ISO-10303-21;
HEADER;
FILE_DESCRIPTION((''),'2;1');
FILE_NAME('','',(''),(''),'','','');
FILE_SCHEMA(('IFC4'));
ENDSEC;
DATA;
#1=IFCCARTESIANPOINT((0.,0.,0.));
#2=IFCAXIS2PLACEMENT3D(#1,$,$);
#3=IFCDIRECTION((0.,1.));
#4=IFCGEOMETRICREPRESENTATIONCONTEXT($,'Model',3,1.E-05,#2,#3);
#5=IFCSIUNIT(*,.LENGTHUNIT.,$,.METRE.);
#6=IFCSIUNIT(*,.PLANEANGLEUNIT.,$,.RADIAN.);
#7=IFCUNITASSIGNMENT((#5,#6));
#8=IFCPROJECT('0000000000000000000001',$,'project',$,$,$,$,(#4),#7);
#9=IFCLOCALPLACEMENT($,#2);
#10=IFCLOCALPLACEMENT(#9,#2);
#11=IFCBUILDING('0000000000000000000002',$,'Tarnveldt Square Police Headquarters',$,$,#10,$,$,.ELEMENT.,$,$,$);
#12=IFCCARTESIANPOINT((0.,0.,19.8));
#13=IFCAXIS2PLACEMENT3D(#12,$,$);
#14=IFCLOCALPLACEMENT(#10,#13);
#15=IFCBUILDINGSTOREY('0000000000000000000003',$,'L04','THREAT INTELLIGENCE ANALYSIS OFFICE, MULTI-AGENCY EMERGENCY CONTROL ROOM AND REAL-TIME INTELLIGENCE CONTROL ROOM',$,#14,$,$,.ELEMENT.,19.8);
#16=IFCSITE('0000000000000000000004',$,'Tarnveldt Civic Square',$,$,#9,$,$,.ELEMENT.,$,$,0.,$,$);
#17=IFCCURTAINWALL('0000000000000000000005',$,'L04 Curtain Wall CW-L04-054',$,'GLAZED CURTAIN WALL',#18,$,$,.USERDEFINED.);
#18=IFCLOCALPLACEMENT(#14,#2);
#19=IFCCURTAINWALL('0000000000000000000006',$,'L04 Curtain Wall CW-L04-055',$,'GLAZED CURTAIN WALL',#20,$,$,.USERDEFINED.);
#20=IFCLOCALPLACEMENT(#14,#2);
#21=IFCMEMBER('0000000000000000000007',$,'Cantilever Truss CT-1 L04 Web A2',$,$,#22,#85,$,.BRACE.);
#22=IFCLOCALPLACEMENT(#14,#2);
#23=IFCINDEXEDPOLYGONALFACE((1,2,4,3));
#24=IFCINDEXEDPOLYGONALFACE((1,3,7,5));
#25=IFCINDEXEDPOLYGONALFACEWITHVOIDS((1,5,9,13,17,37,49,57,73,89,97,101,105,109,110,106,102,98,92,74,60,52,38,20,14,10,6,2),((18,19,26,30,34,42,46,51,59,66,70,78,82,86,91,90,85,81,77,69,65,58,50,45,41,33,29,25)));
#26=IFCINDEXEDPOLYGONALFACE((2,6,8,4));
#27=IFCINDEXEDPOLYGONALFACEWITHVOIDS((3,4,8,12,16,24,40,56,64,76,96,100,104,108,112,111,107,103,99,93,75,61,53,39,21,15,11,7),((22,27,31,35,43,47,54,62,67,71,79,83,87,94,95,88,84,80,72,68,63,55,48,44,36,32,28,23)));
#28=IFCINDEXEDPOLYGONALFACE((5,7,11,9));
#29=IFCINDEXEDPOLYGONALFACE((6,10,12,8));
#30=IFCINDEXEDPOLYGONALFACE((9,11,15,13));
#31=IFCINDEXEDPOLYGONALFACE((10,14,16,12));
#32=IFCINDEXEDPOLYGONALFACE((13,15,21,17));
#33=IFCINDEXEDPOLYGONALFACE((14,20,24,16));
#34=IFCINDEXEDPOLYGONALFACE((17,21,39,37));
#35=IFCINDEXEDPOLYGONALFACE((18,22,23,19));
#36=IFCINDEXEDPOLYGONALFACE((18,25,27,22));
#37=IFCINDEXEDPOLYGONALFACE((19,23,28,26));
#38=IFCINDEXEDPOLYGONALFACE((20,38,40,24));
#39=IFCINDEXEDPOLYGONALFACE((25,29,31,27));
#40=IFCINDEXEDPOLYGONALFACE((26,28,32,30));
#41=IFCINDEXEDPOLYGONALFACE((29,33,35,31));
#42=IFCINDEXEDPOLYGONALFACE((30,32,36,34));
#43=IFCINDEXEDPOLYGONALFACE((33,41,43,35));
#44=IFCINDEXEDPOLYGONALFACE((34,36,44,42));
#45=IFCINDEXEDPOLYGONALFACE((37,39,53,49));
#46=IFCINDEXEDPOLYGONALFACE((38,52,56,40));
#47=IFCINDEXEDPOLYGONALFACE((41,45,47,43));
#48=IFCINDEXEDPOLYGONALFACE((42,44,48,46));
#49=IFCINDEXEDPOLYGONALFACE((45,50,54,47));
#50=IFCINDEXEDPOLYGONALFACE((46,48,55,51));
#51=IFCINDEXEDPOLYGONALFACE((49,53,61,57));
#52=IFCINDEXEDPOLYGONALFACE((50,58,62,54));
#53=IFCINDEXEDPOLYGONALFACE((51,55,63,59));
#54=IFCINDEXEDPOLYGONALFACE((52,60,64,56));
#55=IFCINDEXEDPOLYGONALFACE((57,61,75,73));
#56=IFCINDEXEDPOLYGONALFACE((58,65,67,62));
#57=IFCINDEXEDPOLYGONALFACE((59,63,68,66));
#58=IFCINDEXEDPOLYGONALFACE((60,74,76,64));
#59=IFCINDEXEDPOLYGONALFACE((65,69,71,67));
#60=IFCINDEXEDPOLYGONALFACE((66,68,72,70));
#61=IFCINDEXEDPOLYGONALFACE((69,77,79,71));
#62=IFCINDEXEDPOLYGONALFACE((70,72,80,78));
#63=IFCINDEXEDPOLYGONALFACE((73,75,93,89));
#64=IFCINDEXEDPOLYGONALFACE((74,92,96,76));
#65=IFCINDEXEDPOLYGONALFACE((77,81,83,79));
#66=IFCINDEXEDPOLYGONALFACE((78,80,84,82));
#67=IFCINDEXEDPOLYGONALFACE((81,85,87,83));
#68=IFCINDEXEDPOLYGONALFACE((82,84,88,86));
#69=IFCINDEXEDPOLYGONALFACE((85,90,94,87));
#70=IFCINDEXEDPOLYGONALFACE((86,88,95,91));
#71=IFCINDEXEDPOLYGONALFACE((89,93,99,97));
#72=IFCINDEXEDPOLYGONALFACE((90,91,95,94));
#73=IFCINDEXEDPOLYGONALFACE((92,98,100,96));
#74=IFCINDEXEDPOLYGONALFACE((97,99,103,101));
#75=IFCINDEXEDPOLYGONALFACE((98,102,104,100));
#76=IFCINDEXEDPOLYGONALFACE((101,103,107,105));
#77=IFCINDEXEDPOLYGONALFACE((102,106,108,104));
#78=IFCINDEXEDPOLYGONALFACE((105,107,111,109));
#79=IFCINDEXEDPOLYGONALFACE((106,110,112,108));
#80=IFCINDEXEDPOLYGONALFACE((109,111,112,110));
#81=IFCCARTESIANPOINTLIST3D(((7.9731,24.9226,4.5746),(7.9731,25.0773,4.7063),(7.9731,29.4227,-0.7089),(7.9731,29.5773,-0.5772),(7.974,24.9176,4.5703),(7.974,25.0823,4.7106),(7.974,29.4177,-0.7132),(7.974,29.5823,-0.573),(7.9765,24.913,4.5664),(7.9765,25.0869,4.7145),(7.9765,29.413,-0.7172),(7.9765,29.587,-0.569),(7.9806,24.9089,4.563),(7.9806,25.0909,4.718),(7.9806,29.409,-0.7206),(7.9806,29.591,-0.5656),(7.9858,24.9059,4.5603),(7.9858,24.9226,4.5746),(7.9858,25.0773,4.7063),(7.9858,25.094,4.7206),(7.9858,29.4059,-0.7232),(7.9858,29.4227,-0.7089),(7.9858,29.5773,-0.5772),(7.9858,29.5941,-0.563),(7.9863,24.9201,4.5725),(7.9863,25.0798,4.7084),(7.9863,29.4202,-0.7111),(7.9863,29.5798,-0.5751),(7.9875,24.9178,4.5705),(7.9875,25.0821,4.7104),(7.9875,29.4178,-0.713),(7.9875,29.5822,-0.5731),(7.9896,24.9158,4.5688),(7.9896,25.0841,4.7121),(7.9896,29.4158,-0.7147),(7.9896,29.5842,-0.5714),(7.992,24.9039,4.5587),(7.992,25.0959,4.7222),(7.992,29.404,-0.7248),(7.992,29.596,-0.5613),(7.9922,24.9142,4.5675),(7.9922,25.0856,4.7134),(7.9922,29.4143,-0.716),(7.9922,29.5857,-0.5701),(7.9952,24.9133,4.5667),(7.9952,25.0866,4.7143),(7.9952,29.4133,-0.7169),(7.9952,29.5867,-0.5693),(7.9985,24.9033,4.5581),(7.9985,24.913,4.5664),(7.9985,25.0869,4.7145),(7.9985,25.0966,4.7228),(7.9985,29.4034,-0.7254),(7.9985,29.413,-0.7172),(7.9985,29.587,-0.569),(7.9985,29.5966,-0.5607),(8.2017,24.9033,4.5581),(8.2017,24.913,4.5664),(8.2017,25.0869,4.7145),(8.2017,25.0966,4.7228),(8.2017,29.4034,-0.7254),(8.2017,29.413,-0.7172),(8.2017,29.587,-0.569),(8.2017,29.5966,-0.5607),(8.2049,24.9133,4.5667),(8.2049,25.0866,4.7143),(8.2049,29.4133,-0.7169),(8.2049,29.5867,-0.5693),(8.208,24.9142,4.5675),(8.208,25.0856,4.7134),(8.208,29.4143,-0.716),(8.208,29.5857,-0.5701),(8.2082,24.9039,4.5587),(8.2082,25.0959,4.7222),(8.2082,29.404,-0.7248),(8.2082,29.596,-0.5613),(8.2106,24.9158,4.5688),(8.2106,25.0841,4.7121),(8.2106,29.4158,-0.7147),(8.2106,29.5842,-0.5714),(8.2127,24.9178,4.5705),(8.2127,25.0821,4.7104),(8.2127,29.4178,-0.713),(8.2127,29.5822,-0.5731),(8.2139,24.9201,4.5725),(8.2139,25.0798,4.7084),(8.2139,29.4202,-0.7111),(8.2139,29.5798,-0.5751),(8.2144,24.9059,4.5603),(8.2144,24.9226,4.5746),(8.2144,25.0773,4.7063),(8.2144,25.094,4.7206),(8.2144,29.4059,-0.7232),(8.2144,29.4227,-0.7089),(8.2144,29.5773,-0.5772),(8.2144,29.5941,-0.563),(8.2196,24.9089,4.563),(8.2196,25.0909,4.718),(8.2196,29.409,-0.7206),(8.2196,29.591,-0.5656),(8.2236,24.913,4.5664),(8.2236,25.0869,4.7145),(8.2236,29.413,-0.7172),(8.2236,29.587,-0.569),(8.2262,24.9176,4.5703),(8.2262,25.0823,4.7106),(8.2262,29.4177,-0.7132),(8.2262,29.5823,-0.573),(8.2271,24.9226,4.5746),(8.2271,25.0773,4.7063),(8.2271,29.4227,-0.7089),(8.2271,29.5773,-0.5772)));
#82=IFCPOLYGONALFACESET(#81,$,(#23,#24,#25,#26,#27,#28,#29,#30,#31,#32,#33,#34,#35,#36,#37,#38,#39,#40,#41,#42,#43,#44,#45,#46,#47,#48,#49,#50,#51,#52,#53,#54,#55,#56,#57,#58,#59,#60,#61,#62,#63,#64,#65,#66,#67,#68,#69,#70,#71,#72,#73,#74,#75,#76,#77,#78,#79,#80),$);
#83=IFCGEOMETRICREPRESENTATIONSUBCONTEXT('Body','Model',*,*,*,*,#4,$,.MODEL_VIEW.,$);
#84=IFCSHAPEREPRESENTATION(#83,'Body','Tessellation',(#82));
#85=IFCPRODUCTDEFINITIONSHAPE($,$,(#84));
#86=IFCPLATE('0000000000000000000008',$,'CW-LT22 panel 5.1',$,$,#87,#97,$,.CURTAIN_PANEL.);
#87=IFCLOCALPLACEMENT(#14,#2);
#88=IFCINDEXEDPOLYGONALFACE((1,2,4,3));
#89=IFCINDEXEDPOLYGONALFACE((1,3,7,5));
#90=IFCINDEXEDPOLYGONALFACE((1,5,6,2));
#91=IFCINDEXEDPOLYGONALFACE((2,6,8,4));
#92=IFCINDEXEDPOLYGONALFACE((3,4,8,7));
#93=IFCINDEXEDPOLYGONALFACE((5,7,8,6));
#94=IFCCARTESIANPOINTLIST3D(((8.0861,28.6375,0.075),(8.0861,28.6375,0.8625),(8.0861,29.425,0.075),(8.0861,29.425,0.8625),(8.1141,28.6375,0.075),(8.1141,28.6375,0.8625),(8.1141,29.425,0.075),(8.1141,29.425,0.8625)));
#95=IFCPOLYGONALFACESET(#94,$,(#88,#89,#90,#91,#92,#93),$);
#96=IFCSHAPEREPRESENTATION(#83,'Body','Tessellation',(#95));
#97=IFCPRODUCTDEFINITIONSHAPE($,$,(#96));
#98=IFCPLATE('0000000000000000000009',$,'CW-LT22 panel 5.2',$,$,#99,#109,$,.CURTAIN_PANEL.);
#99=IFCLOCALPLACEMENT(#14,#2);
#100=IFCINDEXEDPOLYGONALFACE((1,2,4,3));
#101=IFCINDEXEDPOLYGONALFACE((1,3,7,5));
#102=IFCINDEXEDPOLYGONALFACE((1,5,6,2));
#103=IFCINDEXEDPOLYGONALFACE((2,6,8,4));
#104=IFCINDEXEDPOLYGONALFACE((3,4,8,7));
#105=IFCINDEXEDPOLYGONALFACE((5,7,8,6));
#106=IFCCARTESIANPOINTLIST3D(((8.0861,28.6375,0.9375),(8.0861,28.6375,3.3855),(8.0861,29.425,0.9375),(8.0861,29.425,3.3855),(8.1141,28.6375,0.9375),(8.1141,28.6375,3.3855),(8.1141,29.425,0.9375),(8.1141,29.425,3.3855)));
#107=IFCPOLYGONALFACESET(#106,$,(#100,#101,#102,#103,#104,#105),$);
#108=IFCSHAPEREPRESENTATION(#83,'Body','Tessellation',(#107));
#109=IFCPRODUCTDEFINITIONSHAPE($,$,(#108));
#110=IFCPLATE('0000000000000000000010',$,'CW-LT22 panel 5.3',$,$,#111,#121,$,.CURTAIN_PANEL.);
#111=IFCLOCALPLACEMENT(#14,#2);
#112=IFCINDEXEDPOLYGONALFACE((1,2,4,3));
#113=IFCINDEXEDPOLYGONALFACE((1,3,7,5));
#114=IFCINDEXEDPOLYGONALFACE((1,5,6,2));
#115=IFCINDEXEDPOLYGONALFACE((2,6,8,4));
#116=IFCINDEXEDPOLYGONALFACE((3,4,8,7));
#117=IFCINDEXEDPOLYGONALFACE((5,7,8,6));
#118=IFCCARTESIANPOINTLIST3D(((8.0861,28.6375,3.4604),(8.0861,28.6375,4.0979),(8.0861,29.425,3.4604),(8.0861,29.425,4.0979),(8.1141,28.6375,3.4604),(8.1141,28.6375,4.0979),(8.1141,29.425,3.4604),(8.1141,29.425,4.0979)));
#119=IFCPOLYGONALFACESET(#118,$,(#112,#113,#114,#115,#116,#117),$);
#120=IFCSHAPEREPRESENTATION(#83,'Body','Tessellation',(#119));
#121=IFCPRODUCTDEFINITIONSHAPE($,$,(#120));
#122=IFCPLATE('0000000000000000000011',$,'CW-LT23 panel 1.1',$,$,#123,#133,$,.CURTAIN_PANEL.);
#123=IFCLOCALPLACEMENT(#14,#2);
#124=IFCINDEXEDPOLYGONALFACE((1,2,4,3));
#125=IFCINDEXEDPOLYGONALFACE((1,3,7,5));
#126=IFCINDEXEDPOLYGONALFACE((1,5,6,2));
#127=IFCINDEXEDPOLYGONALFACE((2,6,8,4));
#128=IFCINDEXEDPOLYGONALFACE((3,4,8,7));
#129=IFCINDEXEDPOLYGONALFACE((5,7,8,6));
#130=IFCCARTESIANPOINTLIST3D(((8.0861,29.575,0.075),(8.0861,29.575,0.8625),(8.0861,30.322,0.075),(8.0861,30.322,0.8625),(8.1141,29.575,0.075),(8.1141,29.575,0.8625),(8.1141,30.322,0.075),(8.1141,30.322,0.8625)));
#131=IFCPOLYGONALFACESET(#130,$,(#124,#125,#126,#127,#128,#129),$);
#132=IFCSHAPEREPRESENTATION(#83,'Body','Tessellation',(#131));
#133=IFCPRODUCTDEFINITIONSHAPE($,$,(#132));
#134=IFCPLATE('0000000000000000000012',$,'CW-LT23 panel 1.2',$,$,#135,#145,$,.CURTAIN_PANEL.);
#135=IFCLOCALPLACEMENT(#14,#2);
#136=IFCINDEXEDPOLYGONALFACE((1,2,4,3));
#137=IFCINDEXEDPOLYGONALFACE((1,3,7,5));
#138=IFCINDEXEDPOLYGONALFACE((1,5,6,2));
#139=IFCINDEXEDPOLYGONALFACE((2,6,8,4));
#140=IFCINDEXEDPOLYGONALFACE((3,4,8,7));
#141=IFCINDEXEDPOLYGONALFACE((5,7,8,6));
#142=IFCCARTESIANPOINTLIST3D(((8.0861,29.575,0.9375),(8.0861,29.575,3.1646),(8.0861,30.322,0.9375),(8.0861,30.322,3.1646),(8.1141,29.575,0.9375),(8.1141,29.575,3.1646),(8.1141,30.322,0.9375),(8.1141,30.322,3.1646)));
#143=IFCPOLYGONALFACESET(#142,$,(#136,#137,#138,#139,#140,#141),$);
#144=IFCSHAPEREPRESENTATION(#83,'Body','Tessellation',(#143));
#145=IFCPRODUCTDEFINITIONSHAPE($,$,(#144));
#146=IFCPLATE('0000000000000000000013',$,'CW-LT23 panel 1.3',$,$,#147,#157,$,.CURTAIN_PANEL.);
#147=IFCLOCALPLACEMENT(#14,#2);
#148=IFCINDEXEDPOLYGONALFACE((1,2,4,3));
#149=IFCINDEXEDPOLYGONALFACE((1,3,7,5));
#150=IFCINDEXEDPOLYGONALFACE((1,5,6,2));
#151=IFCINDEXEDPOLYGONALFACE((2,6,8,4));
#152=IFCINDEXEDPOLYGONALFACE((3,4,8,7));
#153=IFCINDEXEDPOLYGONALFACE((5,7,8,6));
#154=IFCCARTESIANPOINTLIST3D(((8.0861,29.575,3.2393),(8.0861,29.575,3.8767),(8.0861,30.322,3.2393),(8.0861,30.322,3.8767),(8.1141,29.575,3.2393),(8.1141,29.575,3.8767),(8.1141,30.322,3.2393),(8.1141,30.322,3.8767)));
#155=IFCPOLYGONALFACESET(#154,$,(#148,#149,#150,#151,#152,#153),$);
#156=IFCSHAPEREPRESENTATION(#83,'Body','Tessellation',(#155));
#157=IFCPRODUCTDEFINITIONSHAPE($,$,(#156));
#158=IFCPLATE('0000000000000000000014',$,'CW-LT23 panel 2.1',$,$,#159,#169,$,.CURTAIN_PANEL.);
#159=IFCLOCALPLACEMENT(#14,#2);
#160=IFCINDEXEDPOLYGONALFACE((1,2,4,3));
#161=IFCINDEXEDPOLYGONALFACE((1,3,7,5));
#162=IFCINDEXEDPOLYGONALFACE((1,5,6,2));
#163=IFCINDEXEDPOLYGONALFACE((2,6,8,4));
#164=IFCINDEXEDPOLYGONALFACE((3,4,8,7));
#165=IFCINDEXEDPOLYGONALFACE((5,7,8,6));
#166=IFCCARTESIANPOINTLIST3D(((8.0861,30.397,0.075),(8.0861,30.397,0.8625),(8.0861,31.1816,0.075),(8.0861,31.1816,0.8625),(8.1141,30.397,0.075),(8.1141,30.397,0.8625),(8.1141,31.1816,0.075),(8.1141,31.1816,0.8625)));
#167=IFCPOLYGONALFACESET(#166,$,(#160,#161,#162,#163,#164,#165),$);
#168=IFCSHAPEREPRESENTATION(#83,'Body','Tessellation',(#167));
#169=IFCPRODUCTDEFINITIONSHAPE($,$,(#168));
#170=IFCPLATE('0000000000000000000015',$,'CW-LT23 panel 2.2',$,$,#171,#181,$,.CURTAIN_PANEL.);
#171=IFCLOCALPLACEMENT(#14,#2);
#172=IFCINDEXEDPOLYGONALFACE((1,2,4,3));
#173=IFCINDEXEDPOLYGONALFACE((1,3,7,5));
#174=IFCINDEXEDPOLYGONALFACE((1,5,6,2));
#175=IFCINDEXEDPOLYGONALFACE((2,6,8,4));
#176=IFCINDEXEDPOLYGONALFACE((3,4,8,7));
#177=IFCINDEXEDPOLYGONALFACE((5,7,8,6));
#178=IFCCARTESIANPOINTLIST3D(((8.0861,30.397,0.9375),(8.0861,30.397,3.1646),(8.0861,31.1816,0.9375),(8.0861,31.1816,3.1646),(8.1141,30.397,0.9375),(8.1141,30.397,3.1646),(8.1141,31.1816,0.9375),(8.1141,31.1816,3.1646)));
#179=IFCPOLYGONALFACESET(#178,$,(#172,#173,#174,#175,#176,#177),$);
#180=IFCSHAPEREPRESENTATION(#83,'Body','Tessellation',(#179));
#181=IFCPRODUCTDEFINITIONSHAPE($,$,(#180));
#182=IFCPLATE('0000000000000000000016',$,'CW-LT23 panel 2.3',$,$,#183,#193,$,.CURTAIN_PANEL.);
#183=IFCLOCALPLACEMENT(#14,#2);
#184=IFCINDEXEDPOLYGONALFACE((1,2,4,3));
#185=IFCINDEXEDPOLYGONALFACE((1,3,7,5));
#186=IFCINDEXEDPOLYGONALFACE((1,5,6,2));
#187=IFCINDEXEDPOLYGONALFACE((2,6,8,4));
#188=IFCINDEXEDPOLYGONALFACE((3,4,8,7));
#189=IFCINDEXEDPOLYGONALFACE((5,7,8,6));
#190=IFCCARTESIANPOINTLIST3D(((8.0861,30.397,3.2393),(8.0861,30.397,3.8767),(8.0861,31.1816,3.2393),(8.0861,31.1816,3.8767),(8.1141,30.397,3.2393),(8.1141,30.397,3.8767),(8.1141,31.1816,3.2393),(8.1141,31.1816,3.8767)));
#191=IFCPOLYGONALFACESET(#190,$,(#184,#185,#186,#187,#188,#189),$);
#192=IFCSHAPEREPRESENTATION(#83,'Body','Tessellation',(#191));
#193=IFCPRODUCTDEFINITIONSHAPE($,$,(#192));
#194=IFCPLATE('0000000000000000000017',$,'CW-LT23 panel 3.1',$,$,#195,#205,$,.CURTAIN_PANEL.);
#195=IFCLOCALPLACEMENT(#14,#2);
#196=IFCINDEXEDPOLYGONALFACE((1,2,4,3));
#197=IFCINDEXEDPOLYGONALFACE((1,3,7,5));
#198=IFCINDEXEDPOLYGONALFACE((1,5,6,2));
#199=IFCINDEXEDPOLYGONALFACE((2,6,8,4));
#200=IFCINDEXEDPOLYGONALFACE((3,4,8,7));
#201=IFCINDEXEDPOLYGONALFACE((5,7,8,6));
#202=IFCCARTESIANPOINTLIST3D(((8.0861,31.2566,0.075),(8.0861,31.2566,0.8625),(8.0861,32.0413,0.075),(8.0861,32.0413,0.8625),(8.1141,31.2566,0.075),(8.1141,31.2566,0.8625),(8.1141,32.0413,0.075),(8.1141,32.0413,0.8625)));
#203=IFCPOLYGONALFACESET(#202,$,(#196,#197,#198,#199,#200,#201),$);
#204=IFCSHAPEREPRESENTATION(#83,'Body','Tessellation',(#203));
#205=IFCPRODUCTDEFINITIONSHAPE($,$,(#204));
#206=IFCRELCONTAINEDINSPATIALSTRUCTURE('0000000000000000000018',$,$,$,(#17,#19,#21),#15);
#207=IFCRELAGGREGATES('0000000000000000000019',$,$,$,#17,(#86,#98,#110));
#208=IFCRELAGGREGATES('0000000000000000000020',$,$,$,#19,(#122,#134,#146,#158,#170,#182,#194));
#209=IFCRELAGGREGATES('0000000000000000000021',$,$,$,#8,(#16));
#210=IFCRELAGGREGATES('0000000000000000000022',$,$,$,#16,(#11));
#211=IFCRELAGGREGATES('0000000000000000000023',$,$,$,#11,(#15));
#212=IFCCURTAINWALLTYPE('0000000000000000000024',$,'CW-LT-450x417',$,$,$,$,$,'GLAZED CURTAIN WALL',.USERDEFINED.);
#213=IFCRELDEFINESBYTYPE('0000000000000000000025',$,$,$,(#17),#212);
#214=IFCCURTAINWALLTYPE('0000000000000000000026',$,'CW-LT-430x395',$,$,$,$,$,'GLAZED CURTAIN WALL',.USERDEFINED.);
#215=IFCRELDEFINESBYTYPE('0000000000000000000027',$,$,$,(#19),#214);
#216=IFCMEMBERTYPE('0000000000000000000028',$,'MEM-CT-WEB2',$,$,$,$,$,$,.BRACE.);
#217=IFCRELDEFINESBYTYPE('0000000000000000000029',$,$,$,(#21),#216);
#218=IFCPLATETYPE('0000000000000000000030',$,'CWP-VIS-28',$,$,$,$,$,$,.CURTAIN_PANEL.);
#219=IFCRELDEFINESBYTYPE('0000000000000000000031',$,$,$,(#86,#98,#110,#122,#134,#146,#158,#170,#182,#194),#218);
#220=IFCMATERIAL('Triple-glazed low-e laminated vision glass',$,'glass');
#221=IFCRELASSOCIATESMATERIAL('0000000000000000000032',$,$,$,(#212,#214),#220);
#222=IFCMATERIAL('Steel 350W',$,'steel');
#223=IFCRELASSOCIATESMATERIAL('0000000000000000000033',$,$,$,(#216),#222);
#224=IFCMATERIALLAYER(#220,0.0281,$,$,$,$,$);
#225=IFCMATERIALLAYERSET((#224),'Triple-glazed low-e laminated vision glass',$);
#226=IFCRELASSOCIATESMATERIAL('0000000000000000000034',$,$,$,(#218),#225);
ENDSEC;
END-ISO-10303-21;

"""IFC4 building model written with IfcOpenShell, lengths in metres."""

from ifc_helpers import new_model, si_unit, direction, frame, origin, origin_2d, place, context, subcontext, project, spatial, rectangle, hollow_rectangle, extrude, material, layer, layer_set, material_profile, profile_set, type_object, element, aggregate, save


model = new_model("IFC4")

# Units and contexts
model_context = context("Model", 3, precision=1e-05, world=origin(), true_north=direction((0.0, 1.0)))
body_context = subcontext(model_context, "Body", "Model", "MODEL_VIEW")
ifc_project = project(units=[si_unit("LENGTHUNIT", "METRE"), si_unit("PLANEANGLEUNIT", "RADIAN")], contexts=[model_context])

# Site, building, storey
site_placement = place(None, origin())
site = spatial("IfcSite", under=ifc_project, at=site_placement, Name="Tarnveldt Civic Square", CompositionType="ELEMENT", RefElevation=0.0)
building_placement = place(site_placement, origin())
building = spatial("IfcBuilding", under=site, at=building_placement, Name="Tarnveldt Square Police Headquarters", CompositionType="ELEMENT")
storey_placement = place(building_placement, frame((0.0, 0.0, 19.8)))
storey = spatial("IfcBuildingStorey", under=building, at=storey_placement, Name="L04", Description="THREAT INTELLIGENCE ANALYSIS OFFICE, MULTI-AGENCY EMERGENCY CONTROL ROOM AND REAL-TIME INTELLIGENCE CONTROL ROOM", CompositionType="ELEMENT", Elevation=19.8)

# Shared definitions
ifc_material_1 = material(Name="Steel 350W", Category="steel")

# Curtain wall
ifc_material_2 = material(Name="Triple-glazed low-e laminated vision glass", Category="glass")
curtain_wall_type_1 = type_object("IfcCurtainWallType", Name="CW-LT-450x417", ElementType="GLAZED CURTAIN WALL", PredefinedType="USERDEFINED", material=ifc_material_2)
curtain_wall_1_placement = place(storey_placement, origin())
curtain_wall_1 = element("IfcCurtainWall", 1, at=curtain_wall_1_placement, inside=storey, type_object=curtain_wall_type_1, Name="L04 Curtain Wall CW-L04-054", ObjectType="GLAZED CURTAIN WALL", PredefinedType="USERDEFINED")

# Curtain wall
curtain_wall_type_2 = type_object("IfcCurtainWallType", Name="CW-LT-430x395", ElementType="GLAZED CURTAIN WALL", PredefinedType="USERDEFINED", material=ifc_material_2)
curtain_wall_2_placement = place(storey_placement, origin())
curtain_wall_2 = element("IfcCurtainWall", 2, at=curtain_wall_2_placement, inside=storey, type_object=curtain_wall_type_2, Name="L04 Curtain Wall CW-L04-055", ObjectType="GLAZED CURTAIN WALL", PredefinedType="USERDEFINED")

# Member
ifc_material_profile_1 = material_profile(ifc_material_1, hollow_rectangle(XDim=0.2539, YDim=0.2539, WallThickness=0.0127, InnerFilletRadius=0.0127, OuterFilletRadius=0.0254, at=origin_2d()), Name="HSS254x254x13")
ifc_profile_set_1 = profile_set([ifc_material_profile_1], Name="Steel 350W")
member_type_1 = type_object("IfcMemberType", Name="MEM-CT-WEB2", PredefinedType="BRACE", material=ifc_profile_set_1)
member_1_placement = place(storey_placement, frame((8.1001, 29.5, -0.6431), z_axis=(0.0, -0.648407, 0.761294), x_axis=(1.0, 0.0, 0.0)))
element("IfcMember", 3, at=member_1_placement, inside=storey, type_object=member_type_1, Name="Cantilever Truss CT-1 L04 Web A2", PredefinedType="BRACE", context=body_context, shape_type="SweptSolid", body=[
    extrude(hollow_rectangle(XDim=0.2539, YDim=0.2539, WallThickness=0.0127, InnerFilletRadius=0.0127, OuterFilletRadius=0.0254, at=origin_2d()), origin(), (0.0, 0.0, 1.0), 6.9402),
])

# Plates
ifc_layer_1 = layer(ifc_material_2, 0.0281)
ifc_layer_set_1 = layer_set([ifc_layer_1], Name="Triple-glazed low-e laminated vision glass")
plate_type_1 = type_object("IfcPlateType", Name="CWP-VIS-28", PredefinedType="CURTAIN_PANEL", material=ifc_layer_set_1)
plate_1_placement = place(storey_placement, frame((8.1001, 29.0312, 0.075), z_axis=(0.0, 0.0, 1.0), x_axis=(0.0, 1.0, 0.0)))
plate_1 = element("IfcPlate", 4, at=plate_1_placement, type_object=plate_type_1, Name="CW-LT22 panel 5.1", PredefinedType="CURTAIN_PANEL", context=body_context, shape_type="SweptSolid", body=[
    extrude(rectangle(XDim=0.7876, YDim=0.0281, at=origin_2d()), origin(), (0.0, 0.0, 1.0), 0.7876),
])
plate_2_placement = place(storey_placement, frame((8.1001, 29.0312, 0.9375), z_axis=(0.0, 0.0, 1.0), x_axis=(0.0, 1.0, 0.0)))
plate_2 = element("IfcPlate", 5, at=plate_2_placement, type_object=plate_type_1, Name="CW-LT22 panel 5.2", PredefinedType="CURTAIN_PANEL", context=body_context, shape_type="SweptSolid", body=[
    extrude(rectangle(XDim=0.7876, YDim=0.0281, at=origin_2d()), origin(), (0.0, 0.0, 1.0), 2.448),
])
plate_3_placement = place(storey_placement, frame((8.1001, 29.0312, 3.4604), z_axis=(0.0, 0.0, 1.0), x_axis=(0.0, 1.0, 0.0)))
plate_3 = element("IfcPlate", 6, at=plate_3_placement, type_object=plate_type_1, Name="CW-LT22 panel 5.3", PredefinedType="CURTAIN_PANEL", context=body_context, shape_type="SweptSolid", body=[
    extrude(rectangle(XDim=0.7876, YDim=0.0281, at=origin_2d()), origin(), (0.0, 0.0, 1.0), 0.6375),
])
aggregate(curtain_wall_1, [plate_1, plate_2, plate_3])
plate_4_placement = place(storey_placement, frame((8.1001, 29.9485, 0.075), z_axis=(0.0, 0.0, 1.0), x_axis=(0.0, 1.0, 0.0)))
plate_4 = element("IfcPlate", 7, at=plate_4_placement, type_object=plate_type_1, Name="CW-LT23 panel 1.1", PredefinedType="CURTAIN_PANEL", context=body_context, shape_type="SweptSolid", body=[
    extrude(rectangle(XDim=0.7471, YDim=0.0281, at=origin_2d()), origin(), (0.0, 0.0, 1.0), 0.7876),
])
plate_5_placement = place(storey_placement, frame((8.1001, 29.9485, 0.9375), z_axis=(0.0, 0.0, 1.0), x_axis=(0.0, 1.0, 0.0)))
plate_5 = element("IfcPlate", 8, at=plate_5_placement, type_object=plate_type_1, Name="CW-LT23 panel 1.2", PredefinedType="CURTAIN_PANEL", context=body_context, shape_type="SweptSolid", body=[
    extrude(rectangle(XDim=0.7471, YDim=0.0281, at=origin_2d()), origin(), (0.0, 0.0, 1.0), 2.2271),
])
plate_6_placement = place(storey_placement, frame((8.1001, 29.9485, 3.2393), z_axis=(0.0, 0.0, 1.0), x_axis=(0.0, 1.0, 0.0)))
plate_6 = element("IfcPlate", 9, at=plate_6_placement, type_object=plate_type_1, Name="CW-LT23 panel 1.3", PredefinedType="CURTAIN_PANEL", context=body_context, shape_type="SweptSolid", body=[
    extrude(rectangle(XDim=0.7471, YDim=0.0281, at=origin_2d()), origin(), (0.0, 0.0, 1.0), 0.6375),
])
plate_7_placement = place(storey_placement, frame((8.1001, 30.7893, 0.075), z_axis=(0.0, 0.0, 1.0), x_axis=(0.0, 1.0, 0.0)))
plate_7 = element("IfcPlate", 10, at=plate_7_placement, type_object=plate_type_1, Name="CW-LT23 panel 2.1", PredefinedType="CURTAIN_PANEL", context=body_context, shape_type="SweptSolid", body=[
    extrude(rectangle(XDim=0.7847, YDim=0.0281, at=origin_2d()), origin(), (0.0, 0.0, 1.0), 0.7876),
])
plate_8_placement = place(storey_placement, frame((8.1001, 30.7893, 0.9375), z_axis=(0.0, 0.0, 1.0), x_axis=(0.0, 1.0, 0.0)))
plate_8 = element("IfcPlate", 11, at=plate_8_placement, type_object=plate_type_1, Name="CW-LT23 panel 2.2", PredefinedType="CURTAIN_PANEL", context=body_context, shape_type="SweptSolid", body=[
    extrude(rectangle(XDim=0.7847, YDim=0.0281, at=origin_2d()), origin(), (0.0, 0.0, 1.0), 2.2271),
])
plate_9_placement = place(storey_placement, frame((8.1001, 30.7893, 3.2393), z_axis=(0.0, 0.0, 1.0), x_axis=(0.0, 1.0, 0.0)))
plate_9 = element("IfcPlate", 12, at=plate_9_placement, type_object=plate_type_1, Name="CW-LT23 panel 2.3", PredefinedType="CURTAIN_PANEL", context=body_context, shape_type="SweptSolid", body=[
    extrude(rectangle(XDim=0.7847, YDim=0.0281, at=origin_2d()), origin(), (0.0, 0.0, 1.0), 0.6375),
])
plate_10_placement = place(storey_placement, frame((8.1001, 31.6489, 0.075), z_axis=(0.0, 0.0, 1.0), x_axis=(0.0, 1.0, 0.0)))
plate_10 = element("IfcPlate", 13, at=plate_10_placement, type_object=plate_type_1, Name="CW-LT23 panel 3.1", PredefinedType="CURTAIN_PANEL", context=body_context, shape_type="SweptSolid", body=[
    extrude(rectangle(XDim=0.7847, YDim=0.0281, at=origin_2d()), origin(), (0.0, 0.0, 1.0), 0.7876),
])
aggregate(curtain_wall_2, [plate_4, plate_5, plate_6, plate_7, plate_8, plate_9, plate_10])

save(model, "model.ifc")
